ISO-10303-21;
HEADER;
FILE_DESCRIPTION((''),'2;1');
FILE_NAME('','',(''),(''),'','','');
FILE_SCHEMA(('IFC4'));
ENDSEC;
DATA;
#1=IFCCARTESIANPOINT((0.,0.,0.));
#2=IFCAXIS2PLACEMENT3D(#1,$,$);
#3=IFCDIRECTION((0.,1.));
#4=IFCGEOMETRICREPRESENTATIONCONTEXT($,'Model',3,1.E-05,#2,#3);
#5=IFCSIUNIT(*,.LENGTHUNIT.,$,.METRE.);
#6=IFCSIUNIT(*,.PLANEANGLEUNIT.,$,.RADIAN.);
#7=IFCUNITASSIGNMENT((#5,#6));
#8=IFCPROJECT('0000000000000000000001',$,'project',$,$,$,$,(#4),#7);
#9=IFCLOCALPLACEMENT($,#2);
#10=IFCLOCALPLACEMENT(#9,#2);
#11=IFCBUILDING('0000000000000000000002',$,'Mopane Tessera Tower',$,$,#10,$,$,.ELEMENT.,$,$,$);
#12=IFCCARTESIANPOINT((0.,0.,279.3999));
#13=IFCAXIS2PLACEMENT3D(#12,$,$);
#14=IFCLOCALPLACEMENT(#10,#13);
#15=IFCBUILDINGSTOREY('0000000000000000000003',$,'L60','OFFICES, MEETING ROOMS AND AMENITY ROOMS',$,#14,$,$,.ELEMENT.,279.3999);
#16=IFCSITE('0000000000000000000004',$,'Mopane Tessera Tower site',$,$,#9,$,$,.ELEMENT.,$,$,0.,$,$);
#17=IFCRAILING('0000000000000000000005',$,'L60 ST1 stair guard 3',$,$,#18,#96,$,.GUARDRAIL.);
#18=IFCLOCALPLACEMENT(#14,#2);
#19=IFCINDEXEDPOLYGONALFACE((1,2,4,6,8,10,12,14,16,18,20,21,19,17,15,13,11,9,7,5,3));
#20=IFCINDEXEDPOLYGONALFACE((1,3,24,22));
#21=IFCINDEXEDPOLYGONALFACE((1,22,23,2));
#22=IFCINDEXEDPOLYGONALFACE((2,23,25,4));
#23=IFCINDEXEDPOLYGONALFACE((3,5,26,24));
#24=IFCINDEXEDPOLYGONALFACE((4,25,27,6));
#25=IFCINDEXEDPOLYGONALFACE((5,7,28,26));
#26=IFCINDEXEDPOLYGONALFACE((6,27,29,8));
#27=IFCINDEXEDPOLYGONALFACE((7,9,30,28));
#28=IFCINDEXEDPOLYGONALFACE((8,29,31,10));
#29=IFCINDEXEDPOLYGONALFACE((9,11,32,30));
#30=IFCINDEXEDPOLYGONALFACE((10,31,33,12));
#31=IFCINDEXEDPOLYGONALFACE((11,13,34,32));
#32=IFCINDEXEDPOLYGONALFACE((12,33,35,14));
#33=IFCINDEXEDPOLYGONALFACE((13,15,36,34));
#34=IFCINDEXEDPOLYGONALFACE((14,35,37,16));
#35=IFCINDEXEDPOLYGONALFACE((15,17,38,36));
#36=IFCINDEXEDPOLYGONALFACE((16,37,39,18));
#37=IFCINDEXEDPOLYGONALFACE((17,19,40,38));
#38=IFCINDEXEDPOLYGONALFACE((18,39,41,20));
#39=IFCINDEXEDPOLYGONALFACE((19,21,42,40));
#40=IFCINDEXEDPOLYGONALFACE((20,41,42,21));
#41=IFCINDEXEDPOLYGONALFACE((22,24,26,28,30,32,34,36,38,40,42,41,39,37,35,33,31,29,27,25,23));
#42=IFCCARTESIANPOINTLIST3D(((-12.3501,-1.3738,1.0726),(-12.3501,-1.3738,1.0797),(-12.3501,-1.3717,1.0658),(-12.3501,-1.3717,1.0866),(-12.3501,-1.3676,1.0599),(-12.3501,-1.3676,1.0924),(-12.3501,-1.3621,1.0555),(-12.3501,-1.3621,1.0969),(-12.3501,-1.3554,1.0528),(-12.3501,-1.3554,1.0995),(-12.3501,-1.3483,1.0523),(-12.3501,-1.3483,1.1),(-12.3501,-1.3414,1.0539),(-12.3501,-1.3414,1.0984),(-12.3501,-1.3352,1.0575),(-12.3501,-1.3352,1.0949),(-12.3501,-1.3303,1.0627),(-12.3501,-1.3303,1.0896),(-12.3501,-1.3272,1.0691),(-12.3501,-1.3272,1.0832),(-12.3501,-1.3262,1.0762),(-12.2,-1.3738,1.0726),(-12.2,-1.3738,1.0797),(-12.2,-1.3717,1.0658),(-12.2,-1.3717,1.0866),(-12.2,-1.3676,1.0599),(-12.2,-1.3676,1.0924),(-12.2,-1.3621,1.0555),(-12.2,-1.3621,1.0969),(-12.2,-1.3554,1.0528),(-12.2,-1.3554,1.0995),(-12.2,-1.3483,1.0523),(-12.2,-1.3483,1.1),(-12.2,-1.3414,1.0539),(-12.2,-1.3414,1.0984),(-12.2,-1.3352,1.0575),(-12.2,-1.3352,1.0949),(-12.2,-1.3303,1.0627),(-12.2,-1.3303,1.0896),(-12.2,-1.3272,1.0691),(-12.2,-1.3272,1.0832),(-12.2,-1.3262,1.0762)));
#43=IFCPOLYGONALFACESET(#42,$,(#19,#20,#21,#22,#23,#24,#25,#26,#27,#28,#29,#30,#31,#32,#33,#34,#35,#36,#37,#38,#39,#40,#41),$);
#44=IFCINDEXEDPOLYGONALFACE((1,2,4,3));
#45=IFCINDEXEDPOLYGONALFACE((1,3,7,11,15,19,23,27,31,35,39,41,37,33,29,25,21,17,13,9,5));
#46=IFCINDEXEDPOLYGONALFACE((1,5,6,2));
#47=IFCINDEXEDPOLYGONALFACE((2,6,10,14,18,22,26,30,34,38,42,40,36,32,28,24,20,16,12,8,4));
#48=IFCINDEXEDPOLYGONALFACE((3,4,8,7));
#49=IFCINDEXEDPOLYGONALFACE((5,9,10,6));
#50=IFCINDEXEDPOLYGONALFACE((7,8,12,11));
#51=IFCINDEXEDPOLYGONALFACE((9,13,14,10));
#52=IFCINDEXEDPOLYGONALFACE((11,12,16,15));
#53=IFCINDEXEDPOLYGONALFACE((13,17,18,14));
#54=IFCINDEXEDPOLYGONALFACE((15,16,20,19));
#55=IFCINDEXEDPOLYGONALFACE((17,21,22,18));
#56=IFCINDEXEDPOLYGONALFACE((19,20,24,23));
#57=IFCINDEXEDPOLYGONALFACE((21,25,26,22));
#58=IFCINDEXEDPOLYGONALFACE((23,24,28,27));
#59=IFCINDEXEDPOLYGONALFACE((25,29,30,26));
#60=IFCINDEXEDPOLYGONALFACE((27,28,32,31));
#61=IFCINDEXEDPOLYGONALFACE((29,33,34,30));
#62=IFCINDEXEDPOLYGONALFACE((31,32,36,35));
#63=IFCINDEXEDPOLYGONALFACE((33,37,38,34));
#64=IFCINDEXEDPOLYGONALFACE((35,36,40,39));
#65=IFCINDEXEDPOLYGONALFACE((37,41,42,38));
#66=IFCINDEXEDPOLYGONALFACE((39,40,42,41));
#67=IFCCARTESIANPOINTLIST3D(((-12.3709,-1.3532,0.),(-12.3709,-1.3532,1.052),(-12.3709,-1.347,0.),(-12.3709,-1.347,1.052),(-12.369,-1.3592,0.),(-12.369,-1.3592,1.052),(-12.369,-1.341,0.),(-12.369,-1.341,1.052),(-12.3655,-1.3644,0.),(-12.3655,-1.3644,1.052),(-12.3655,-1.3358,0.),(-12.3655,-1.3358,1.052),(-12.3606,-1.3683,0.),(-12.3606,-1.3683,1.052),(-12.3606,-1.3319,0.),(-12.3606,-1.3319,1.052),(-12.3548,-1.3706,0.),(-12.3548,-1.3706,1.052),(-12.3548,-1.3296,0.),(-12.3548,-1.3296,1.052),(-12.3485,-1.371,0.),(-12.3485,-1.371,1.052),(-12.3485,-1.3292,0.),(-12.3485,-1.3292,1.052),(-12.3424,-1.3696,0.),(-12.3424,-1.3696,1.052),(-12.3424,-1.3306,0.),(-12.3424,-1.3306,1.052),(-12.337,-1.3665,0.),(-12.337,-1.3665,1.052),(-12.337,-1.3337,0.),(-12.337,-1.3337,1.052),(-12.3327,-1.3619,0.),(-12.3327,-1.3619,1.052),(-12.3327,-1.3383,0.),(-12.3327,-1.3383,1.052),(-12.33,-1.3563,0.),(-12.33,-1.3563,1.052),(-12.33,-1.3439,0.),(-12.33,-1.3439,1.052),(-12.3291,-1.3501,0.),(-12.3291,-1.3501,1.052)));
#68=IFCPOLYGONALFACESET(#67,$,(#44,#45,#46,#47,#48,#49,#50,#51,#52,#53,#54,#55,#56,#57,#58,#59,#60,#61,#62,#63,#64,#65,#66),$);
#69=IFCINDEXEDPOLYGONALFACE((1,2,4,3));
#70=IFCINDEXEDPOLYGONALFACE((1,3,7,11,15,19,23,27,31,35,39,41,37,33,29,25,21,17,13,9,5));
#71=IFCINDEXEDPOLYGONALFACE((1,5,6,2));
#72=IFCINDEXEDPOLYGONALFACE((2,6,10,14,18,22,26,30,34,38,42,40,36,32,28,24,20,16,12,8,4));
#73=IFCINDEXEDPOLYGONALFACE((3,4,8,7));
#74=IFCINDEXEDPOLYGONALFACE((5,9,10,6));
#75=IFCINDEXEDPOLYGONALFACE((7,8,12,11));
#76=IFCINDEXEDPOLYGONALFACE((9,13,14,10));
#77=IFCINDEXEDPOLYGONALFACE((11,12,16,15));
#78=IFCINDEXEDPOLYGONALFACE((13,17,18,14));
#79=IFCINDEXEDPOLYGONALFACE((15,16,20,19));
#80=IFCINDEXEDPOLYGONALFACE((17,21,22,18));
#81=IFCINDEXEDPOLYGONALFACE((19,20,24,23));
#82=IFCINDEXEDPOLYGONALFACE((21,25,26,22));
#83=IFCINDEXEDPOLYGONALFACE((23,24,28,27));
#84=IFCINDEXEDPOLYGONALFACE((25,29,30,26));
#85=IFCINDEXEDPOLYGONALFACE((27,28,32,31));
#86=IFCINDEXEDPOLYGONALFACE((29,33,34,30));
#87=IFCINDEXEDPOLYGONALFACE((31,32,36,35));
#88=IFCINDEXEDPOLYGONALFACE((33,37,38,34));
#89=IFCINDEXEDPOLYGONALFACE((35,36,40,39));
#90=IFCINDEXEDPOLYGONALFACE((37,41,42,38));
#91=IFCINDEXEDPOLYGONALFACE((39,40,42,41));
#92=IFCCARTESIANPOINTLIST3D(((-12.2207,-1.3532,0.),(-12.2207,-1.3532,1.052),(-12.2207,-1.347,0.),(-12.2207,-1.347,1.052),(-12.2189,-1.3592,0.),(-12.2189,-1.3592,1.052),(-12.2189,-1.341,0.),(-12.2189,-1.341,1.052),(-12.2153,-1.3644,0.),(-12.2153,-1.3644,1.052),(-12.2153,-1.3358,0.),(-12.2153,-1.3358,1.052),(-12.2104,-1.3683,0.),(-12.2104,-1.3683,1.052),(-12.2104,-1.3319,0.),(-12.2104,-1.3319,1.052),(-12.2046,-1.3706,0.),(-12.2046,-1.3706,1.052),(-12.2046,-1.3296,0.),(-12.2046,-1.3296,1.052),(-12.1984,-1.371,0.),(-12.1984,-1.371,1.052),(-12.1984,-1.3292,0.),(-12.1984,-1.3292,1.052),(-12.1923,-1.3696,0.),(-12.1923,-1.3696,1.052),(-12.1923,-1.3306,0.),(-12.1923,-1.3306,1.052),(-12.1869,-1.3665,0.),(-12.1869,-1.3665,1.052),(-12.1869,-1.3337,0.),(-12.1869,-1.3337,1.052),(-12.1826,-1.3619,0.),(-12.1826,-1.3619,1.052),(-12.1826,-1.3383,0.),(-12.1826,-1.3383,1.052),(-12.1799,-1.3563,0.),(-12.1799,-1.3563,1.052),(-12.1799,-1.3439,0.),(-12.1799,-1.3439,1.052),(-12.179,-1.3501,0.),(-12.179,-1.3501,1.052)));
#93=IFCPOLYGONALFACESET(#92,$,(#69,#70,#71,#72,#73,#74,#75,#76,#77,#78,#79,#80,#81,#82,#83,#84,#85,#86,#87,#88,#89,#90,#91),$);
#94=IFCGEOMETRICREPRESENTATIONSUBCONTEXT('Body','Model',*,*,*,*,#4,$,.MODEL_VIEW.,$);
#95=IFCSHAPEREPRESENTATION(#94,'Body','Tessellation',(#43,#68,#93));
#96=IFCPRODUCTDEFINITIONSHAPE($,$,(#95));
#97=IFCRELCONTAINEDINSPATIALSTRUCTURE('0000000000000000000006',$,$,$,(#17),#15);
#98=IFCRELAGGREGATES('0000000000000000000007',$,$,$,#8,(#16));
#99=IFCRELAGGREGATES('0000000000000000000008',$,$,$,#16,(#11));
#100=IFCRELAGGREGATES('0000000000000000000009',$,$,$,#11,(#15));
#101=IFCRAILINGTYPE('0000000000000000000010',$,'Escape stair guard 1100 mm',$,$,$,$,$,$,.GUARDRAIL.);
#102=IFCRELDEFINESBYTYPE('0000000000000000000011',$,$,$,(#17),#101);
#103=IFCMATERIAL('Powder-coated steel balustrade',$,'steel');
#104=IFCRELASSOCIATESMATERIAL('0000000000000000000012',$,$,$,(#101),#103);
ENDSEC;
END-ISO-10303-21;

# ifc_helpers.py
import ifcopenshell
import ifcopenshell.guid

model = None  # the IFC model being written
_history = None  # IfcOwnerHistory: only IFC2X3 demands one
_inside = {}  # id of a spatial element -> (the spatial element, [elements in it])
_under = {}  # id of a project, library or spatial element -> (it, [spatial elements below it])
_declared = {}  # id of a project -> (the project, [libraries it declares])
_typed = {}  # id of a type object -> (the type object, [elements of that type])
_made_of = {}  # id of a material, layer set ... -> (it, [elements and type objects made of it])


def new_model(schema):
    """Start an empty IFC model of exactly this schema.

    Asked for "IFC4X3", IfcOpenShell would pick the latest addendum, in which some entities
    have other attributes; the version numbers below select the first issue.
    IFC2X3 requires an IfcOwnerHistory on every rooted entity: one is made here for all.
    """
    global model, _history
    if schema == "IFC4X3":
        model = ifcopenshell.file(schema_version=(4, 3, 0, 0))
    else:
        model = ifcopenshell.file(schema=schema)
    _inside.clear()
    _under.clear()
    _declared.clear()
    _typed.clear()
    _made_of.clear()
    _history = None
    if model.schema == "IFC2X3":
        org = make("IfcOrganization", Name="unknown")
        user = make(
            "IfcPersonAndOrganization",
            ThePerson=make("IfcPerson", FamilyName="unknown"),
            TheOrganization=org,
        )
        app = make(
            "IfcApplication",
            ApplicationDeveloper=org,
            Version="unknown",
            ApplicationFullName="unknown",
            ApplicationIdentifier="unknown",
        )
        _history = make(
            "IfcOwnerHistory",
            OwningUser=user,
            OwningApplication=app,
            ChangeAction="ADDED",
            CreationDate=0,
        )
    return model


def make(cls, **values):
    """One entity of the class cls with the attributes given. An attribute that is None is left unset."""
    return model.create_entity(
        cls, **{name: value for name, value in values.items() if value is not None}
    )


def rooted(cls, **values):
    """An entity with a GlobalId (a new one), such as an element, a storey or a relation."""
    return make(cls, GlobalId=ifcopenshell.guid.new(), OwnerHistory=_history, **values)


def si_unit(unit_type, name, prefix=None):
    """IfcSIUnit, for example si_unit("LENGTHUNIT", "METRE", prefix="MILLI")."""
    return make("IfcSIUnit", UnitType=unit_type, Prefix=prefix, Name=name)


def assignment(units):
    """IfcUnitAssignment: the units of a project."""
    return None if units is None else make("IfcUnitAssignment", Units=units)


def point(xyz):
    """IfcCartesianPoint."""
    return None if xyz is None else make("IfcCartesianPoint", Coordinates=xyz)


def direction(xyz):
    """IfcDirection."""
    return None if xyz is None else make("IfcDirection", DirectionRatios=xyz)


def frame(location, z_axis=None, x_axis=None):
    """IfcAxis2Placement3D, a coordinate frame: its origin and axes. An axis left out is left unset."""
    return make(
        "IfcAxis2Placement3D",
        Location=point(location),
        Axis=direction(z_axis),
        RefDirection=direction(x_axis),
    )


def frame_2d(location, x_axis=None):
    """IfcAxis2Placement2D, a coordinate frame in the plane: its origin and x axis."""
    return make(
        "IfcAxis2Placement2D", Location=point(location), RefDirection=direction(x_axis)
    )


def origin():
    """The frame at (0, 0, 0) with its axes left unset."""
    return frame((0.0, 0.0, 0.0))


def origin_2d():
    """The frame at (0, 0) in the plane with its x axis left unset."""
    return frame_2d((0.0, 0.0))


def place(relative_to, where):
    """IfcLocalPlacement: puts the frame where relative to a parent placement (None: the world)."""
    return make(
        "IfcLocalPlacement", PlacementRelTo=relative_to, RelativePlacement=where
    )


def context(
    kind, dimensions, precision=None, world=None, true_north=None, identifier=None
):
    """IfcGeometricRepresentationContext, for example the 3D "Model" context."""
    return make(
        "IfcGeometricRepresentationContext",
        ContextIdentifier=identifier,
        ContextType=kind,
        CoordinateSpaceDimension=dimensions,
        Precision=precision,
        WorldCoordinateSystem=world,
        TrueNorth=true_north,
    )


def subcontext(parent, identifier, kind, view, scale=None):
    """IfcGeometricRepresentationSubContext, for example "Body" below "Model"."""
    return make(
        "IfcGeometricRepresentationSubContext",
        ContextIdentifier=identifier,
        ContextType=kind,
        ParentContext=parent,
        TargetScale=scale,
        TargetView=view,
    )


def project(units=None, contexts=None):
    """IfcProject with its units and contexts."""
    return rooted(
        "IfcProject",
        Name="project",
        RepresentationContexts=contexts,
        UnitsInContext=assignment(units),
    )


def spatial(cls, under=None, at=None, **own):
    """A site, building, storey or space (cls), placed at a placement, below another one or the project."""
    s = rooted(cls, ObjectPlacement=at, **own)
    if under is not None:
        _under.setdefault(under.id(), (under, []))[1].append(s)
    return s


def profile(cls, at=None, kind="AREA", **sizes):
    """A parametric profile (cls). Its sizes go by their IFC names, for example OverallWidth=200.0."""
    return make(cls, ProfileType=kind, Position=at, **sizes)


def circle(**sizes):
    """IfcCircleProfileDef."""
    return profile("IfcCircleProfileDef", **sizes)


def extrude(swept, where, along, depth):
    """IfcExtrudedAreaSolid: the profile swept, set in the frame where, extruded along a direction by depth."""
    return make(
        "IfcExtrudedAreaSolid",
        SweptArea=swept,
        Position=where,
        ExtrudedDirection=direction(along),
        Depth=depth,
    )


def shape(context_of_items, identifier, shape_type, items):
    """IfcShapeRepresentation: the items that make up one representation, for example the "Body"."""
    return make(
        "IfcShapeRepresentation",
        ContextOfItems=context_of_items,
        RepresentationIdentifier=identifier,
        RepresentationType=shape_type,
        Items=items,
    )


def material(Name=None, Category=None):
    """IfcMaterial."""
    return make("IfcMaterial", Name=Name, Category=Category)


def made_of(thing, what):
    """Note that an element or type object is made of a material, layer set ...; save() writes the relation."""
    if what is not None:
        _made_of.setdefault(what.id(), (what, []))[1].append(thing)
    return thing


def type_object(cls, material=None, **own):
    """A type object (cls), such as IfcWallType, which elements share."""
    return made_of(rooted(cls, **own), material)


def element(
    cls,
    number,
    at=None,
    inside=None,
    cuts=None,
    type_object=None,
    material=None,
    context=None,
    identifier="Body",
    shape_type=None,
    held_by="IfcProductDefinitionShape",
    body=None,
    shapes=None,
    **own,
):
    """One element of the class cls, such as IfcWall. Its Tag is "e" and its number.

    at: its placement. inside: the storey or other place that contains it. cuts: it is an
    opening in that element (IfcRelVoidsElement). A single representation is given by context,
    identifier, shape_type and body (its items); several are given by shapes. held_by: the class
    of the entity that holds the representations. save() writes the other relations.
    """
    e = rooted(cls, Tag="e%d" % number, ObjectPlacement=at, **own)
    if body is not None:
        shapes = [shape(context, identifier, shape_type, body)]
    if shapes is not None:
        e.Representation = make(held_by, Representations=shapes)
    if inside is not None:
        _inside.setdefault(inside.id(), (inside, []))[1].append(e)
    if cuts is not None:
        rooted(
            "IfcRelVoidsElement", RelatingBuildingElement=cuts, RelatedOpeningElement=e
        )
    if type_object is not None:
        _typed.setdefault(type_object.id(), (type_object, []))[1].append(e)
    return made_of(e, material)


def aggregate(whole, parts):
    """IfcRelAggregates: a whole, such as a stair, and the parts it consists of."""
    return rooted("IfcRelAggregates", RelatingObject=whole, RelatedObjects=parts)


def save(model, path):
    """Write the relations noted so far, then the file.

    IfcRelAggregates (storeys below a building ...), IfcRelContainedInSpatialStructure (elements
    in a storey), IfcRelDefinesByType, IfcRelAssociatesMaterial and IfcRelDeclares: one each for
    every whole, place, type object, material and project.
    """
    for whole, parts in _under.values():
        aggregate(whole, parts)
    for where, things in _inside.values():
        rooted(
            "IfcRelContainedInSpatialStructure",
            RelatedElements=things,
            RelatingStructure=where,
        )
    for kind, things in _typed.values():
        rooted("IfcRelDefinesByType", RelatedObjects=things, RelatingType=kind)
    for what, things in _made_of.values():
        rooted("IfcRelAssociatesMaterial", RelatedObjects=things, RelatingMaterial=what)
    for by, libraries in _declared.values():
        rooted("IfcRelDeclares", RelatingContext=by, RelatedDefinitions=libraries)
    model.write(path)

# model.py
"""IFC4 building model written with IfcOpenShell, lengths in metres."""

from ifc_helpers import new_model, si_unit, direction, frame, origin, origin_2d, place, context, subcontext, project, spatial, circle, extrude, material, type_object, element, save


model = new_model("IFC4")

# Units and contexts
model_context = context("Model", 3, precision=1e-05, world=origin(), true_north=direction((0.0, 1.0)))
body_context = subcontext(model_context, "Body", "Model", "MODEL_VIEW")
ifc_project = project(units=[si_unit("LENGTHUNIT", "METRE"), si_unit("PLANEANGLEUNIT", "RADIAN")], contexts=[model_context])

# Site, building, storey
site_placement = place(None, origin())
site = spatial("IfcSite", under=ifc_project, at=site_placement, Name="Mopane Tessera Tower site", CompositionType="ELEMENT", RefElevation=0.0)
building_placement = place(site_placement, origin())
building = spatial("IfcBuilding", under=site, at=building_placement, Name="Mopane Tessera Tower", CompositionType="ELEMENT")
storey_placement = place(building_placement, frame((0.0, 0.0, 279.3999)))
storey = spatial("IfcBuildingStorey", under=building, at=storey_placement, Name="L60", Description="OFFICES, MEETING ROOMS AND AMENITY ROOMS", CompositionType="ELEMENT", Elevation=279.3999)

# Railing
ifc_material_1 = material(Name="Powder-coated steel balustrade", Category="steel")
railing_type_1 = type_object("IfcRailingType", Name="Escape stair guard 1100 mm", PredefinedType="GUARDRAIL", material=ifc_material_1)
railing_1_placement = place(storey_placement, frame((-12.3501, -1.3501, 0.0)))
element("IfcRailing", 1, at=railing_1_placement, inside=storey, type_object=railing_type_1, Name="L60 ST1 stair guard 3", PredefinedType="GUARDRAIL", context=body_context, shape_type="SweptSolid", body=[
    extrude(circle(Radius=0.0239, at=origin_2d()), frame((0.0, 0.0, 1.0762), z_axis=(1.0, 0.0, 0.0), x_axis=(0.0, 1.0, 0.0)), (0.0, 0.0, 1.0), 0.1501),
    extrude(circle(Radius=0.021, at=origin_2d()), origin(), (0.0, 0.0, 1.0), 1.052),
    extrude(circle(Radius=0.021, at=origin_2d()), frame((0.1501, 0.0, 0.0)), (0.0, 0.0, 1.0), 1.052),
])

save(model, "model.ifc")
